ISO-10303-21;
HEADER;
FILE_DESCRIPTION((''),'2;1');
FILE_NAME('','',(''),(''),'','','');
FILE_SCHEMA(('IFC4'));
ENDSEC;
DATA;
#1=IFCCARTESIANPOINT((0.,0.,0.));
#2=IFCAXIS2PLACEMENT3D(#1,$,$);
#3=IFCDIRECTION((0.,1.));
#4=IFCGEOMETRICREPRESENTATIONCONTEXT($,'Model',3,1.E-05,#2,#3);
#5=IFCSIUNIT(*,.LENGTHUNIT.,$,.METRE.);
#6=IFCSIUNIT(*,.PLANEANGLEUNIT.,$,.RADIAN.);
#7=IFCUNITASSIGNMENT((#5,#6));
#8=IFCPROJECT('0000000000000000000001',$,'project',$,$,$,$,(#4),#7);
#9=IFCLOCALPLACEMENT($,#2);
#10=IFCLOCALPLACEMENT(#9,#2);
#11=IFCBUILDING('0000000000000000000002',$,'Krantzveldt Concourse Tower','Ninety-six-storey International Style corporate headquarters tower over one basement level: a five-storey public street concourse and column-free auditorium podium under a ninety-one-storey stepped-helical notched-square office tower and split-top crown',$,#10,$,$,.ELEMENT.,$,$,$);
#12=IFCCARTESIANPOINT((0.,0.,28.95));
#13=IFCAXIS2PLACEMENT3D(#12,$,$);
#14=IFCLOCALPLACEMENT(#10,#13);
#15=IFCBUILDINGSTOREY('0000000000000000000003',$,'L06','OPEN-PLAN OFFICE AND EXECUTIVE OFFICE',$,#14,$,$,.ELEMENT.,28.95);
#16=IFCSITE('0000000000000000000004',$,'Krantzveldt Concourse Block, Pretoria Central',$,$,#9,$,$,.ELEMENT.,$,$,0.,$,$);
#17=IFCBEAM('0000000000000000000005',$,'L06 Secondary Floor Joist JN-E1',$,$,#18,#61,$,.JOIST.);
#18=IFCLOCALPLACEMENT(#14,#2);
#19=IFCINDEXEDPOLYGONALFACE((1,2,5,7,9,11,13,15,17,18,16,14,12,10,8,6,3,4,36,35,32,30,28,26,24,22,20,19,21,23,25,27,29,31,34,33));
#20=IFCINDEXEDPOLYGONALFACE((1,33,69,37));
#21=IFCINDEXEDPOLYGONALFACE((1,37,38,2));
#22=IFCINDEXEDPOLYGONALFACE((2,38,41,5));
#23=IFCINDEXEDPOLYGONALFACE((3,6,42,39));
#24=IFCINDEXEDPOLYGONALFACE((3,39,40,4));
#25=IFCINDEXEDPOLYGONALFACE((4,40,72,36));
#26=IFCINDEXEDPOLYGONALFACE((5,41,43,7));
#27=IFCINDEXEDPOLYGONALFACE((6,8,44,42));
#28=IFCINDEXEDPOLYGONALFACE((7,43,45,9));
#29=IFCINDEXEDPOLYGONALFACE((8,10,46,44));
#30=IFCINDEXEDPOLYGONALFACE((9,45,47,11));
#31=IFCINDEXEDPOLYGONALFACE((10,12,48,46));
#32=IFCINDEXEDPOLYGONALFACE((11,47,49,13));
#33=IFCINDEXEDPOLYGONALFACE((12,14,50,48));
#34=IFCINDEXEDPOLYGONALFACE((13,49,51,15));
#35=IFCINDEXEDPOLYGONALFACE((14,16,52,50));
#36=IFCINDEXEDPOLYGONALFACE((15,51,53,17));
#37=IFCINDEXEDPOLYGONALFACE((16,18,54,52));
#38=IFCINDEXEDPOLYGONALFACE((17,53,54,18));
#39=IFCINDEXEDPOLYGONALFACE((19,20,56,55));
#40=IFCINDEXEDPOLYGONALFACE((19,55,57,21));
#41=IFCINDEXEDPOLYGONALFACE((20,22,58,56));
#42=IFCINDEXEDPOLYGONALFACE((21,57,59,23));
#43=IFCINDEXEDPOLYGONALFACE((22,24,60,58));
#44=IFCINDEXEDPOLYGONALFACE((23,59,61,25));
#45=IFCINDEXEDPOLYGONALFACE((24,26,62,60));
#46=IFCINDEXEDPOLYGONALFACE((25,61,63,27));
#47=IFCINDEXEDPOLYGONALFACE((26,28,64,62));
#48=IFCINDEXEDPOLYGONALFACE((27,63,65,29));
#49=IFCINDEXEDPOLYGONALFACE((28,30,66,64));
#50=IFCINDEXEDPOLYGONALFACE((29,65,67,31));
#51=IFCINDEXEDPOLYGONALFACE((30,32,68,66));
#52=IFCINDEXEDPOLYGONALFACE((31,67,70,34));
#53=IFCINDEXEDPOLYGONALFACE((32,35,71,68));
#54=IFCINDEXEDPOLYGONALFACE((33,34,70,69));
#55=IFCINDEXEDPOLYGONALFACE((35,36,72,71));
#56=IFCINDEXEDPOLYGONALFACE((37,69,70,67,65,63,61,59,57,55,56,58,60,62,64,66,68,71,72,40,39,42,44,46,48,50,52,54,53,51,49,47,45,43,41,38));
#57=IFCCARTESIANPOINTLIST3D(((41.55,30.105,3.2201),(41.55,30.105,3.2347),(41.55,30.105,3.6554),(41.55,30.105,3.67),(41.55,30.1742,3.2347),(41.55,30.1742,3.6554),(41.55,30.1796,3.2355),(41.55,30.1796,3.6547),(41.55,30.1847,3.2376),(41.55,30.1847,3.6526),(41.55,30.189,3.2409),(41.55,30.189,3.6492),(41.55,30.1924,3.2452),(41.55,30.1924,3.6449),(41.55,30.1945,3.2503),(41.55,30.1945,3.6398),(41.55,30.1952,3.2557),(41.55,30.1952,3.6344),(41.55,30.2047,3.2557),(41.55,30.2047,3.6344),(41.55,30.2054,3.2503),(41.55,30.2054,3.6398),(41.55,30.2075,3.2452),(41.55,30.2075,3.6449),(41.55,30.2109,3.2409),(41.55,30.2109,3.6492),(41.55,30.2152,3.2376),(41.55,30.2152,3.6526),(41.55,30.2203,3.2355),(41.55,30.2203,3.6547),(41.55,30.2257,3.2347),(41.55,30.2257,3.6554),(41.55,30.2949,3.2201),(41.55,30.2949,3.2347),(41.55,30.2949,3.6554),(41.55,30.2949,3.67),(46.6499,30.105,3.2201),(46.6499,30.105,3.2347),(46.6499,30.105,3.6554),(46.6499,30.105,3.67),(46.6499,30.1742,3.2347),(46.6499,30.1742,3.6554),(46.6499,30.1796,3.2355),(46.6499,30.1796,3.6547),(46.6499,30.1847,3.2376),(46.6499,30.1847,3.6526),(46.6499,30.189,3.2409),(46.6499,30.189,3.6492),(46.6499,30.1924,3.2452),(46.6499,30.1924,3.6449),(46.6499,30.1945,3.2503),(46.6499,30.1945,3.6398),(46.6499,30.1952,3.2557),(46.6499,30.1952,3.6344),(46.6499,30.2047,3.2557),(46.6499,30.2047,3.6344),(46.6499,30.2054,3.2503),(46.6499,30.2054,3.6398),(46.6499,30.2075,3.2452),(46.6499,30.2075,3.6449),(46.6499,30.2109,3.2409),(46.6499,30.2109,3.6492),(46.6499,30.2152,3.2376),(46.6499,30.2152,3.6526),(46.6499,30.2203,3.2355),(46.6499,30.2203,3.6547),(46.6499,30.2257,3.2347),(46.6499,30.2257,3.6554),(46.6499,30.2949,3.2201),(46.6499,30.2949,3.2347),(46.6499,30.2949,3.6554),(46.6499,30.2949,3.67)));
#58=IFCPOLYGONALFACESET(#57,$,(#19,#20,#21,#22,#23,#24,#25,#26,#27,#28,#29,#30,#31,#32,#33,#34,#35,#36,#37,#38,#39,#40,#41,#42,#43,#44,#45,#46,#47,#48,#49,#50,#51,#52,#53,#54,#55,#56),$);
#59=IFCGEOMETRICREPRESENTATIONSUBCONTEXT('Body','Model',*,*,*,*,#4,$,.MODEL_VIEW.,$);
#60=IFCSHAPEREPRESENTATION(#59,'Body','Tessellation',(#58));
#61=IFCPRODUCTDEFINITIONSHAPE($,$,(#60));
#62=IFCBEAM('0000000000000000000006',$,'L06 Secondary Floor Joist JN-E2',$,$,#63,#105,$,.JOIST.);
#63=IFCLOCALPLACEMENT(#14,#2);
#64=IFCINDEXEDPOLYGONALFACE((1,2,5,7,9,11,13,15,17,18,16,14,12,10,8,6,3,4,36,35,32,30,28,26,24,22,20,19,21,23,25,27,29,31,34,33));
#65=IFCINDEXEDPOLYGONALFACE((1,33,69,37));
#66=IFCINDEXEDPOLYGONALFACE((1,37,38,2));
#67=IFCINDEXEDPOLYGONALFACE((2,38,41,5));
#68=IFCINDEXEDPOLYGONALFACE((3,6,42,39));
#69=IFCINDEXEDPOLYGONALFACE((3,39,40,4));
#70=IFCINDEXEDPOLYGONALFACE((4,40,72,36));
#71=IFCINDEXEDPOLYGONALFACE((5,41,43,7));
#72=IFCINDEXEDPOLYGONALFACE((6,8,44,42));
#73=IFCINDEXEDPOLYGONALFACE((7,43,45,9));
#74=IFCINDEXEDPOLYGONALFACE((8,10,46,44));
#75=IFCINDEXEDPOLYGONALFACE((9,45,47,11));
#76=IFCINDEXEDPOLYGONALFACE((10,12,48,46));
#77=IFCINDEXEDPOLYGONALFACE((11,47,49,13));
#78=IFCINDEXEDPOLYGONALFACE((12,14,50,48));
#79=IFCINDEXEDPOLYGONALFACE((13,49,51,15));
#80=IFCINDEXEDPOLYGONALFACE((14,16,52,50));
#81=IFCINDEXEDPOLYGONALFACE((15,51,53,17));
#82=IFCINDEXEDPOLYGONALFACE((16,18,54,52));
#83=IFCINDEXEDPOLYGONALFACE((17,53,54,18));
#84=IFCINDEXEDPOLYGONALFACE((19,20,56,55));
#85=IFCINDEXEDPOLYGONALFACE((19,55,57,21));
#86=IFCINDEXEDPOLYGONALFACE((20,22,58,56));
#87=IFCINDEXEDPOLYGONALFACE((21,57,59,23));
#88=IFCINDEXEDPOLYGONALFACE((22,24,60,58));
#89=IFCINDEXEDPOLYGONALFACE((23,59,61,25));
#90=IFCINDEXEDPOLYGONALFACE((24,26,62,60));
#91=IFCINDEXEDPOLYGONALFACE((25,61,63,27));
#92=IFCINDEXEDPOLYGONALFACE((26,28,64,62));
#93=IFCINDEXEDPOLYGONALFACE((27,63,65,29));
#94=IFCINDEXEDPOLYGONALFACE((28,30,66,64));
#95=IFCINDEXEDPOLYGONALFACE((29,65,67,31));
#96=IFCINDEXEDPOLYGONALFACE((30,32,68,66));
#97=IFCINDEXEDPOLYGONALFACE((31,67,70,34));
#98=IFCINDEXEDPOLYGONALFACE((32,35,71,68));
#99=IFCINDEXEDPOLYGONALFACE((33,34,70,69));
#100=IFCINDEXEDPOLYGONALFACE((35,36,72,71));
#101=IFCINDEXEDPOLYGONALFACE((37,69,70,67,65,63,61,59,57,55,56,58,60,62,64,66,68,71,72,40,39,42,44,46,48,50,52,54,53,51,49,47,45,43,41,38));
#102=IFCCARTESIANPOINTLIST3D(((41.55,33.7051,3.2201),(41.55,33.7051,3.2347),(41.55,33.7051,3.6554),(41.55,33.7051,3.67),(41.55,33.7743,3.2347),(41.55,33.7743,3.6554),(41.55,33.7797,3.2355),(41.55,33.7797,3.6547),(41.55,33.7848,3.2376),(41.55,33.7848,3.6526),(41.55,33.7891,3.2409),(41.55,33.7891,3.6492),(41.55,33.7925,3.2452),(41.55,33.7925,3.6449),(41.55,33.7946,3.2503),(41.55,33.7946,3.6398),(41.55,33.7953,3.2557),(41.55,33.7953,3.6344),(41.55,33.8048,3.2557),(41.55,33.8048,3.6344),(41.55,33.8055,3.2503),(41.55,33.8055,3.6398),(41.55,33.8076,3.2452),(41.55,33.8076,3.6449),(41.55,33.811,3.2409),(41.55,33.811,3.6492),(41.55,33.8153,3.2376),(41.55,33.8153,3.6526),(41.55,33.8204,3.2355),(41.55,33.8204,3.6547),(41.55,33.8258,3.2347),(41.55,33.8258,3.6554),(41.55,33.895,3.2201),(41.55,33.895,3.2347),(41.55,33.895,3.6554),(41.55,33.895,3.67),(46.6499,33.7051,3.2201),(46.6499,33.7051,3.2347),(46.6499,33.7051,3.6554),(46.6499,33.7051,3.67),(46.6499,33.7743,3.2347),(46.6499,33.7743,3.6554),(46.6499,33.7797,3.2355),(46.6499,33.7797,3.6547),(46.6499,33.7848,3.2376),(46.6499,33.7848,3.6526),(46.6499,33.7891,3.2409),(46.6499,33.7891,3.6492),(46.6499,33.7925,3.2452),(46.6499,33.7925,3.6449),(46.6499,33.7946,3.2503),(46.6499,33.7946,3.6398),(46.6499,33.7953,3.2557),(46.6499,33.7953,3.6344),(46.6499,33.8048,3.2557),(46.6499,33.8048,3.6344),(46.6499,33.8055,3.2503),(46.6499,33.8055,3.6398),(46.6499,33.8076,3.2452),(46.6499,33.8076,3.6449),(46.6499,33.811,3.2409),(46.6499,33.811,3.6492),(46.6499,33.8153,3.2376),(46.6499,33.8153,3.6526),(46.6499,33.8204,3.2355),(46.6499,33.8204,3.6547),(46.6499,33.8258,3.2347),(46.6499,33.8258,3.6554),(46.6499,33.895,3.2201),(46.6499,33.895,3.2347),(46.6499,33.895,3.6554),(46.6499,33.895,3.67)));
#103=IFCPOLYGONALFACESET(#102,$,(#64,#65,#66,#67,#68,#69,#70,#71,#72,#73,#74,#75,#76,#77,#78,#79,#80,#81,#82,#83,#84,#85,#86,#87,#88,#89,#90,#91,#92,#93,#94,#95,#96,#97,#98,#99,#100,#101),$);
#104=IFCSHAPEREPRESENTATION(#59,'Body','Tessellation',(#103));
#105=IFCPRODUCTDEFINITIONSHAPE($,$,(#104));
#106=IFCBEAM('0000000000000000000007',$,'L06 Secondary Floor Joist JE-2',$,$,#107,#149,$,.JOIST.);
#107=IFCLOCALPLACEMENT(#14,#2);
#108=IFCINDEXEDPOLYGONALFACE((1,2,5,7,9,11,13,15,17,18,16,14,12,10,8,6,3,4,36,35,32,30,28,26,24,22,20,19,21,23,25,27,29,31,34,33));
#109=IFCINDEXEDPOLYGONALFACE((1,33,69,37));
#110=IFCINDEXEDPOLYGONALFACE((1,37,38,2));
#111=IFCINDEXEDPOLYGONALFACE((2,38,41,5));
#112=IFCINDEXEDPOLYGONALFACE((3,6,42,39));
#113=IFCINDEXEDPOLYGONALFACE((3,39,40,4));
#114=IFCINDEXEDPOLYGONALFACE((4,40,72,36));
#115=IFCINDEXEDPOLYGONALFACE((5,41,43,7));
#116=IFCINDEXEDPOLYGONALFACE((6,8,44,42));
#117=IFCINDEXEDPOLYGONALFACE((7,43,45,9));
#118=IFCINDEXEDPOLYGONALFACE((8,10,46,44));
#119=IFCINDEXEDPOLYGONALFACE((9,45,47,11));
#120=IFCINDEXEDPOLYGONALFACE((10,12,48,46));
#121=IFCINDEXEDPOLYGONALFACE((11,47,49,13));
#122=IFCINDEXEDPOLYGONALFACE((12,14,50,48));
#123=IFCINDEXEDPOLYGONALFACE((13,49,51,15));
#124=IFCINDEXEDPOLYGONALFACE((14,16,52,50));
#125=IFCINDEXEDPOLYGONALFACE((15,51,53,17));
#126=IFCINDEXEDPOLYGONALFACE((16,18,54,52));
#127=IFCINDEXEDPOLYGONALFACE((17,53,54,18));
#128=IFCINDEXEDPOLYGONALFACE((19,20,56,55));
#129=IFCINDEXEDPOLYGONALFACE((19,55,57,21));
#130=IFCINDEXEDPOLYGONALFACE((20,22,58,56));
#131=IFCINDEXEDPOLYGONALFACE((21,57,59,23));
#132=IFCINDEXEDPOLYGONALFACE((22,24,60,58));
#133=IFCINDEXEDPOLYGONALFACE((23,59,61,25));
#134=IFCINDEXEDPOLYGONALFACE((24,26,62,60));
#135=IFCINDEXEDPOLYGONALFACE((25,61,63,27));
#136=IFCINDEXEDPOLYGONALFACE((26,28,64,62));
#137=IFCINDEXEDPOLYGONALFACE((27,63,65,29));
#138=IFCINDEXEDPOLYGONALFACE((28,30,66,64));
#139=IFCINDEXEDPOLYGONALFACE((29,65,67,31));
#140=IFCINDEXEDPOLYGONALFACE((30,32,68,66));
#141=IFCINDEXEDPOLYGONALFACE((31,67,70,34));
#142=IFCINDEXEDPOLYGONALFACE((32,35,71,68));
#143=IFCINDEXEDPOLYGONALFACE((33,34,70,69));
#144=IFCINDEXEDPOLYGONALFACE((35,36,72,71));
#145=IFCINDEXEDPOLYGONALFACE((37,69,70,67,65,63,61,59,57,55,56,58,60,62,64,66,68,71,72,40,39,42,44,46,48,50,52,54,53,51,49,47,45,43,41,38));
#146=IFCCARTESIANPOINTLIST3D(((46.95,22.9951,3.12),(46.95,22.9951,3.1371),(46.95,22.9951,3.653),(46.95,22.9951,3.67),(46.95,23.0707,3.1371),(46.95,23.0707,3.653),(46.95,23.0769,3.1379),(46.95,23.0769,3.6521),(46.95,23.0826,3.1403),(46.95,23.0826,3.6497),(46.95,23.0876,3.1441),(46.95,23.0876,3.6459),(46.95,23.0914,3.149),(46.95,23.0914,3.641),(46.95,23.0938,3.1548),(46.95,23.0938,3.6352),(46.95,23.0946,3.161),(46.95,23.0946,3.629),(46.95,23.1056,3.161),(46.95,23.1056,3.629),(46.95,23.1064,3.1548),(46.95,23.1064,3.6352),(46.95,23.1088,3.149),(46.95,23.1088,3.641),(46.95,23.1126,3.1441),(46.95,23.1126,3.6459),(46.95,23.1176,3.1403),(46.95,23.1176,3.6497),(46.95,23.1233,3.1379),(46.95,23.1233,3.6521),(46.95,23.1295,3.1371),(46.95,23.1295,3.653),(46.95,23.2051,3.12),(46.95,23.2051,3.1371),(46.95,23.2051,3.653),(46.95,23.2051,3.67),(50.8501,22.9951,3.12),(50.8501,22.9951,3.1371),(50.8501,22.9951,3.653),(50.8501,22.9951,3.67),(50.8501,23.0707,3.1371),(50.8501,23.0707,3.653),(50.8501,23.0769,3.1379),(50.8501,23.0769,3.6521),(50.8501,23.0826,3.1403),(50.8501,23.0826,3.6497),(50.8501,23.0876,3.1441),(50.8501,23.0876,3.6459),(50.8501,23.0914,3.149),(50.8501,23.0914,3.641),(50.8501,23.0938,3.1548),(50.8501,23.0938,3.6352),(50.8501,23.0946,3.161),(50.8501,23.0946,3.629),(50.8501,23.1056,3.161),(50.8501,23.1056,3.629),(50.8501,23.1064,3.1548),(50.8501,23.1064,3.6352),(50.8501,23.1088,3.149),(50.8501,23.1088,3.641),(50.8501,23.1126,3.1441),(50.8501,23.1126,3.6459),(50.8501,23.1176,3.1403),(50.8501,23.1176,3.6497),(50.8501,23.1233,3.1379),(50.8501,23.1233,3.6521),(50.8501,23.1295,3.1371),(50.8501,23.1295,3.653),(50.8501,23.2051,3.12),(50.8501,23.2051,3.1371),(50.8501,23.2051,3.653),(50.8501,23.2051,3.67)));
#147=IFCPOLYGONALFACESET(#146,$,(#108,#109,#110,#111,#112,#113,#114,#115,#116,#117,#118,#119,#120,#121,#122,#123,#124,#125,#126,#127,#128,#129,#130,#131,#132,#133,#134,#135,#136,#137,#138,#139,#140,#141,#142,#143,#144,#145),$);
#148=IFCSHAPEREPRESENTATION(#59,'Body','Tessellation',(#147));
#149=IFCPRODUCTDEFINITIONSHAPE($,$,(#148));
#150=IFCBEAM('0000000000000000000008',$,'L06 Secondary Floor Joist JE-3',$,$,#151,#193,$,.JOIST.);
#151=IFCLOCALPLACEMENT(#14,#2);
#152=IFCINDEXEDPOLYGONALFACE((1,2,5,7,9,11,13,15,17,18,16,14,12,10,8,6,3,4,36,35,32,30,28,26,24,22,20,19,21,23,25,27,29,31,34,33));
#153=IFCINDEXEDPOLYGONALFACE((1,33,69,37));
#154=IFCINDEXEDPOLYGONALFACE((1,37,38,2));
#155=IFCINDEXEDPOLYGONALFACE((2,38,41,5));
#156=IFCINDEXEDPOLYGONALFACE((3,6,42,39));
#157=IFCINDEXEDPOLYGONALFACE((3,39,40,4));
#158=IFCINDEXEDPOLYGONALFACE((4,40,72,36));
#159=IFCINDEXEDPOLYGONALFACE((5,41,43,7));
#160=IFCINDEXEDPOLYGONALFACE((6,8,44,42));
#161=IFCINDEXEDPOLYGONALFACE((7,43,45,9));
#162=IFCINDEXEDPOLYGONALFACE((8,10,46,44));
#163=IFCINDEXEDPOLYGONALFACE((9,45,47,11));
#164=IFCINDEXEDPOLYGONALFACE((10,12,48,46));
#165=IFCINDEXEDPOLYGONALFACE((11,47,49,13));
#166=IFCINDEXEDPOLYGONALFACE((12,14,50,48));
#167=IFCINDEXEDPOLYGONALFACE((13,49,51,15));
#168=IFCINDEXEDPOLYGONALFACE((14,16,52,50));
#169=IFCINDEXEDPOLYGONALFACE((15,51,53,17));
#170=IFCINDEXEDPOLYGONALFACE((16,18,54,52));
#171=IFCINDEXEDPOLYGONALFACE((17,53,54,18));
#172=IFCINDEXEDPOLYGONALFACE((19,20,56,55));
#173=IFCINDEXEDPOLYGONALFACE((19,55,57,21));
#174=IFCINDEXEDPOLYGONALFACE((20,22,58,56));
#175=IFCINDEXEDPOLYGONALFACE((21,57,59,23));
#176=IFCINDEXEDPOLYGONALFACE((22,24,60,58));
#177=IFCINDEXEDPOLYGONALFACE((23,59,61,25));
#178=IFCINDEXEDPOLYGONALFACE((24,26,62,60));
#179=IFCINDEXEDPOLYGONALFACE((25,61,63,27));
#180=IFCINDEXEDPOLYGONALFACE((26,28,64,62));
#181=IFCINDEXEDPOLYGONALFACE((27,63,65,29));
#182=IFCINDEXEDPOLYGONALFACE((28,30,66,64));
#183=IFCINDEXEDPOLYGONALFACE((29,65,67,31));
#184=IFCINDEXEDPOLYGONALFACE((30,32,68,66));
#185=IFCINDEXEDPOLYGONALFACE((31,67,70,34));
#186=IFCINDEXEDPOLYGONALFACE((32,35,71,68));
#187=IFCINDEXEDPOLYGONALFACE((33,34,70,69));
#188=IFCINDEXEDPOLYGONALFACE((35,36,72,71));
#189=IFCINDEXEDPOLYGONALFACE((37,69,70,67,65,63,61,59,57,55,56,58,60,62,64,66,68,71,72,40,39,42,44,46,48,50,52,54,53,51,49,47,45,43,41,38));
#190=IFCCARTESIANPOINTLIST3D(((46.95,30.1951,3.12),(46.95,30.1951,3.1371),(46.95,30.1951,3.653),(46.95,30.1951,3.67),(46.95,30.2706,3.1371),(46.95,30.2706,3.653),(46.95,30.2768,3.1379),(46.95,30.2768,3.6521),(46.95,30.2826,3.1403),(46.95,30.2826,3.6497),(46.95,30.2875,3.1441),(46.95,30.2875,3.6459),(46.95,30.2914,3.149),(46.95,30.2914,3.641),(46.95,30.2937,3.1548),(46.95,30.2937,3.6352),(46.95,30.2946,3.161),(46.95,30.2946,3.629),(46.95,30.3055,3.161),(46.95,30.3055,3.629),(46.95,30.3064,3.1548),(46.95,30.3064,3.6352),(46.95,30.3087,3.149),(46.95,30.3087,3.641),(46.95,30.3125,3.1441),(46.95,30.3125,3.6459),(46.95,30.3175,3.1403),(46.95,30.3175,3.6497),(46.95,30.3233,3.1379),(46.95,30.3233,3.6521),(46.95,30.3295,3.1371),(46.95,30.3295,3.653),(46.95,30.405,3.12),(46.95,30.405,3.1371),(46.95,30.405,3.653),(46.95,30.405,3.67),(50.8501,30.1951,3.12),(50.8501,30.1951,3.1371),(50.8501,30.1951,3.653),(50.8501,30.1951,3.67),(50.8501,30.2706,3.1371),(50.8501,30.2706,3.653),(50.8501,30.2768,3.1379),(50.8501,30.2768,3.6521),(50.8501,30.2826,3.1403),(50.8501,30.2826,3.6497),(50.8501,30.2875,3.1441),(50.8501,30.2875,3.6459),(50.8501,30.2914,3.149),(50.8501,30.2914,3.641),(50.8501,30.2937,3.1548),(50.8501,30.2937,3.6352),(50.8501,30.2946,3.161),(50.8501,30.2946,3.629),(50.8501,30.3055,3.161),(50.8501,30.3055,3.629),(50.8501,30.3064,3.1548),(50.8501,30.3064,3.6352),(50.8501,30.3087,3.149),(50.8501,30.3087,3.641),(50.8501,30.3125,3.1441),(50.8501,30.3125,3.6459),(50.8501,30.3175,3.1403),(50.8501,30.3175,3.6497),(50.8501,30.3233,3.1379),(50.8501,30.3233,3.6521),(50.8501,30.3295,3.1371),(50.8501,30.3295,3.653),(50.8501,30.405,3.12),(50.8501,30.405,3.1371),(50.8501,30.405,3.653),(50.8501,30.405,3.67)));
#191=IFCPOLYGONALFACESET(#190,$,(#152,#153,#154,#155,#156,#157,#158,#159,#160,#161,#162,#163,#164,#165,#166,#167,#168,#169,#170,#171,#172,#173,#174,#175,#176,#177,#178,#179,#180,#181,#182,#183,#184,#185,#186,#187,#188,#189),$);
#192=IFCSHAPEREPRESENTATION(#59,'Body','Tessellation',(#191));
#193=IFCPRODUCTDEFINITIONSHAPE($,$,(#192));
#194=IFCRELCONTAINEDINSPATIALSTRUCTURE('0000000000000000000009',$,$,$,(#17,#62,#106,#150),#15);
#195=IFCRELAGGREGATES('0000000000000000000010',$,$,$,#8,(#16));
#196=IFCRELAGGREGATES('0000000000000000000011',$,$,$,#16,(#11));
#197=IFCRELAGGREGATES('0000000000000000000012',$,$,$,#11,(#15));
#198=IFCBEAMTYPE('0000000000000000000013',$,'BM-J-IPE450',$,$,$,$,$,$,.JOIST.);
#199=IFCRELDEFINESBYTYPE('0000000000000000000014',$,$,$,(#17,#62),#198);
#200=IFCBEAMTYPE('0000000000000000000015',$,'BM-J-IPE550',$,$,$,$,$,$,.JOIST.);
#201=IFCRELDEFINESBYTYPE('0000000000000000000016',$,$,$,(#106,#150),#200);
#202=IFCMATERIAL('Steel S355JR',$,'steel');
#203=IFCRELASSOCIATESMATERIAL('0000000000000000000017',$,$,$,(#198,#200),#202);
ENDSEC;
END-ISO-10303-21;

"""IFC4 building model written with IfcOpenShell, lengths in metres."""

from ifc_helpers import new_model, si_unit, direction, frame, origin, origin_2d, place, context, subcontext, project, spatial, i_section, extrude, source, transform, mapped, material, material_profile, profile_set, type_object, type_shapes, element, save


model = new_model("IFC4")

# Units and contexts
model_context = context("Model", 3, precision=1e-05, world=origin(), true_north=direction((0.0, 1.0)))
body_context = subcontext(model_context, "Body", "Model", "MODEL_VIEW")
ifc_project = project(units=[si_unit("LENGTHUNIT", "METRE"), si_unit("PLANEANGLEUNIT", "RADIAN")], contexts=[model_context])

# Site, building, storey
site_placement = place(None, origin())
site = spatial("IfcSite", under=ifc_project, at=site_placement, Name="Krantzveldt Concourse Block, Pretoria Central", CompositionType="ELEMENT", RefElevation=0.0)
building_placement = place(site_placement, origin())
building = spatial("IfcBuilding", under=site, at=building_placement, Name="Krantzveldt Concourse Tower", Description="Ninety-six-storey International Style corporate headquarters tower over one basement level: a five-storey public street concourse and column-free auditorium podium under a ninety-one-storey stepped-helical notched-square office tower and split-top crown", CompositionType="ELEMENT")
storey_placement = place(building_placement, frame((0.0, 0.0, 28.95)))
storey = spatial("IfcBuildingStorey", under=building, at=storey_placement, Name="L06", Description="OPEN-PLAN OFFICE AND EXECUTIVE OFFICE", CompositionType="ELEMENT", Elevation=28.95)

# Beams
ifc_material_1 = material(Name="Steel S355JR", Category="steel")
ifc_material_profile_1 = material_profile(ifc_material_1, i_section(OverallWidth=0.1899, OverallDepth=0.45, WebThickness=0.0095, FlangeThickness=0.0146, FilletRadius=0.021, at=origin_2d()), Name="Steel S355JR", Category="steel")
ifc_profile_set_1 = profile_set([ifc_material_profile_1], Name="Steel S355JR - IPE 450")
beam_type_1 = type_object("IfcBeamType", Name="BM-J-IPE450", PredefinedType="JOIST", material=ifc_profile_set_1)
shared_shape_1 = source(origin(), body_context, "Body", "SweptSolid", [
    extrude(i_section(OverallWidth=0.1899, OverallDepth=0.45, WebThickness=0.0095, FlangeThickness=0.0146, FilletRadius=0.021, at=origin_2d()), origin(), (0.0, 0.0, 1.0), 5.0999),
])
type_shapes(beam_type_1, [shared_shape_1])
for number, where, z_axis, x_axis, name in (
    (1, (41.55, 30.2, 3.4451), (1.0, 0.0, 0.0), (0.0, 1.0, 0.0), "L06 Secondary Floor Joist JN-E1"),
    (2, (41.55, 33.8, 3.4451), (1.0, 0.0, 0.0), (0.0, 1.0, 0.0), "L06 Secondary Floor Joist JN-E2"),
):
    element("IfcBeam", number, at=place(storey_placement, frame(where, z_axis=z_axis, x_axis=x_axis)), inside=storey, type_object=beam_type_1, Name=name, PredefinedType="JOIST", context=body_context, shape_type="MappedRepresentation", body=[
        mapped(shared_shape_1, transform((0.0, 0.0, 0.0), x_axis=(1.0, 0.0, 0.0), y_axis=(0.0, 1.0, 0.0), z_axis=(0.0, 0.0, 1.0), scale=1.0)),
    ])
ifc_material_profile_2 = material_profile(ifc_material_1, i_section(OverallWidth=0.21, OverallDepth=0.55, WebThickness=0.011, FlangeThickness=0.0171, FilletRadius=0.0239, at=origin_2d()), Name="Steel S355JR", Category="steel")
ifc_profile_set_2 = profile_set([ifc_material_profile_2], Name="Steel S355JR - IPE 550")
beam_type_2 = type_object("IfcBeamType", Name="BM-J-IPE550", PredefinedType="JOIST", material=ifc_profile_set_2)
shared_shape_2 = source(origin(), body_context, "Body", "SweptSolid", [
    extrude(i_section(OverallWidth=0.21, OverallDepth=0.55, WebThickness=0.011, FlangeThickness=0.0171, FilletRadius=0.0239, at=origin_2d()), origin(), (0.0, 0.0, 1.0), 3.9001),
])
type_shapes(beam_type_2, [shared_shape_2])
for number, where, z_axis, x_axis, name in (
    (3, (46.95, 23.1001, 3.395), (1.0, 0.0, 0.0), (0.0, 1.0, 0.0), "L06 Secondary Floor Joist JE-2"),
    (4, (46.95, 30.3, 3.395), (1.0, 0.0, 0.0), (0.0, 1.0, 0.0), "L06 Secondary Floor Joist JE-3"),
):
    element("IfcBeam", number, at=place(storey_placement, frame(where, z_axis=z_axis, x_axis=x_axis)), inside=storey, type_object=beam_type_2, Name=name, PredefinedType="JOIST", context=body_context, shape_type="MappedRepresentation", body=[
        mapped(shared_shape_2, transform((0.0, 0.0, 0.0), x_axis=(1.0, 0.0, 0.0), y_axis=(0.0, 1.0, 0.0), z_axis=(0.0, 0.0, 1.0), scale=1.0)),
    ])

save(model, "model.ifc")
